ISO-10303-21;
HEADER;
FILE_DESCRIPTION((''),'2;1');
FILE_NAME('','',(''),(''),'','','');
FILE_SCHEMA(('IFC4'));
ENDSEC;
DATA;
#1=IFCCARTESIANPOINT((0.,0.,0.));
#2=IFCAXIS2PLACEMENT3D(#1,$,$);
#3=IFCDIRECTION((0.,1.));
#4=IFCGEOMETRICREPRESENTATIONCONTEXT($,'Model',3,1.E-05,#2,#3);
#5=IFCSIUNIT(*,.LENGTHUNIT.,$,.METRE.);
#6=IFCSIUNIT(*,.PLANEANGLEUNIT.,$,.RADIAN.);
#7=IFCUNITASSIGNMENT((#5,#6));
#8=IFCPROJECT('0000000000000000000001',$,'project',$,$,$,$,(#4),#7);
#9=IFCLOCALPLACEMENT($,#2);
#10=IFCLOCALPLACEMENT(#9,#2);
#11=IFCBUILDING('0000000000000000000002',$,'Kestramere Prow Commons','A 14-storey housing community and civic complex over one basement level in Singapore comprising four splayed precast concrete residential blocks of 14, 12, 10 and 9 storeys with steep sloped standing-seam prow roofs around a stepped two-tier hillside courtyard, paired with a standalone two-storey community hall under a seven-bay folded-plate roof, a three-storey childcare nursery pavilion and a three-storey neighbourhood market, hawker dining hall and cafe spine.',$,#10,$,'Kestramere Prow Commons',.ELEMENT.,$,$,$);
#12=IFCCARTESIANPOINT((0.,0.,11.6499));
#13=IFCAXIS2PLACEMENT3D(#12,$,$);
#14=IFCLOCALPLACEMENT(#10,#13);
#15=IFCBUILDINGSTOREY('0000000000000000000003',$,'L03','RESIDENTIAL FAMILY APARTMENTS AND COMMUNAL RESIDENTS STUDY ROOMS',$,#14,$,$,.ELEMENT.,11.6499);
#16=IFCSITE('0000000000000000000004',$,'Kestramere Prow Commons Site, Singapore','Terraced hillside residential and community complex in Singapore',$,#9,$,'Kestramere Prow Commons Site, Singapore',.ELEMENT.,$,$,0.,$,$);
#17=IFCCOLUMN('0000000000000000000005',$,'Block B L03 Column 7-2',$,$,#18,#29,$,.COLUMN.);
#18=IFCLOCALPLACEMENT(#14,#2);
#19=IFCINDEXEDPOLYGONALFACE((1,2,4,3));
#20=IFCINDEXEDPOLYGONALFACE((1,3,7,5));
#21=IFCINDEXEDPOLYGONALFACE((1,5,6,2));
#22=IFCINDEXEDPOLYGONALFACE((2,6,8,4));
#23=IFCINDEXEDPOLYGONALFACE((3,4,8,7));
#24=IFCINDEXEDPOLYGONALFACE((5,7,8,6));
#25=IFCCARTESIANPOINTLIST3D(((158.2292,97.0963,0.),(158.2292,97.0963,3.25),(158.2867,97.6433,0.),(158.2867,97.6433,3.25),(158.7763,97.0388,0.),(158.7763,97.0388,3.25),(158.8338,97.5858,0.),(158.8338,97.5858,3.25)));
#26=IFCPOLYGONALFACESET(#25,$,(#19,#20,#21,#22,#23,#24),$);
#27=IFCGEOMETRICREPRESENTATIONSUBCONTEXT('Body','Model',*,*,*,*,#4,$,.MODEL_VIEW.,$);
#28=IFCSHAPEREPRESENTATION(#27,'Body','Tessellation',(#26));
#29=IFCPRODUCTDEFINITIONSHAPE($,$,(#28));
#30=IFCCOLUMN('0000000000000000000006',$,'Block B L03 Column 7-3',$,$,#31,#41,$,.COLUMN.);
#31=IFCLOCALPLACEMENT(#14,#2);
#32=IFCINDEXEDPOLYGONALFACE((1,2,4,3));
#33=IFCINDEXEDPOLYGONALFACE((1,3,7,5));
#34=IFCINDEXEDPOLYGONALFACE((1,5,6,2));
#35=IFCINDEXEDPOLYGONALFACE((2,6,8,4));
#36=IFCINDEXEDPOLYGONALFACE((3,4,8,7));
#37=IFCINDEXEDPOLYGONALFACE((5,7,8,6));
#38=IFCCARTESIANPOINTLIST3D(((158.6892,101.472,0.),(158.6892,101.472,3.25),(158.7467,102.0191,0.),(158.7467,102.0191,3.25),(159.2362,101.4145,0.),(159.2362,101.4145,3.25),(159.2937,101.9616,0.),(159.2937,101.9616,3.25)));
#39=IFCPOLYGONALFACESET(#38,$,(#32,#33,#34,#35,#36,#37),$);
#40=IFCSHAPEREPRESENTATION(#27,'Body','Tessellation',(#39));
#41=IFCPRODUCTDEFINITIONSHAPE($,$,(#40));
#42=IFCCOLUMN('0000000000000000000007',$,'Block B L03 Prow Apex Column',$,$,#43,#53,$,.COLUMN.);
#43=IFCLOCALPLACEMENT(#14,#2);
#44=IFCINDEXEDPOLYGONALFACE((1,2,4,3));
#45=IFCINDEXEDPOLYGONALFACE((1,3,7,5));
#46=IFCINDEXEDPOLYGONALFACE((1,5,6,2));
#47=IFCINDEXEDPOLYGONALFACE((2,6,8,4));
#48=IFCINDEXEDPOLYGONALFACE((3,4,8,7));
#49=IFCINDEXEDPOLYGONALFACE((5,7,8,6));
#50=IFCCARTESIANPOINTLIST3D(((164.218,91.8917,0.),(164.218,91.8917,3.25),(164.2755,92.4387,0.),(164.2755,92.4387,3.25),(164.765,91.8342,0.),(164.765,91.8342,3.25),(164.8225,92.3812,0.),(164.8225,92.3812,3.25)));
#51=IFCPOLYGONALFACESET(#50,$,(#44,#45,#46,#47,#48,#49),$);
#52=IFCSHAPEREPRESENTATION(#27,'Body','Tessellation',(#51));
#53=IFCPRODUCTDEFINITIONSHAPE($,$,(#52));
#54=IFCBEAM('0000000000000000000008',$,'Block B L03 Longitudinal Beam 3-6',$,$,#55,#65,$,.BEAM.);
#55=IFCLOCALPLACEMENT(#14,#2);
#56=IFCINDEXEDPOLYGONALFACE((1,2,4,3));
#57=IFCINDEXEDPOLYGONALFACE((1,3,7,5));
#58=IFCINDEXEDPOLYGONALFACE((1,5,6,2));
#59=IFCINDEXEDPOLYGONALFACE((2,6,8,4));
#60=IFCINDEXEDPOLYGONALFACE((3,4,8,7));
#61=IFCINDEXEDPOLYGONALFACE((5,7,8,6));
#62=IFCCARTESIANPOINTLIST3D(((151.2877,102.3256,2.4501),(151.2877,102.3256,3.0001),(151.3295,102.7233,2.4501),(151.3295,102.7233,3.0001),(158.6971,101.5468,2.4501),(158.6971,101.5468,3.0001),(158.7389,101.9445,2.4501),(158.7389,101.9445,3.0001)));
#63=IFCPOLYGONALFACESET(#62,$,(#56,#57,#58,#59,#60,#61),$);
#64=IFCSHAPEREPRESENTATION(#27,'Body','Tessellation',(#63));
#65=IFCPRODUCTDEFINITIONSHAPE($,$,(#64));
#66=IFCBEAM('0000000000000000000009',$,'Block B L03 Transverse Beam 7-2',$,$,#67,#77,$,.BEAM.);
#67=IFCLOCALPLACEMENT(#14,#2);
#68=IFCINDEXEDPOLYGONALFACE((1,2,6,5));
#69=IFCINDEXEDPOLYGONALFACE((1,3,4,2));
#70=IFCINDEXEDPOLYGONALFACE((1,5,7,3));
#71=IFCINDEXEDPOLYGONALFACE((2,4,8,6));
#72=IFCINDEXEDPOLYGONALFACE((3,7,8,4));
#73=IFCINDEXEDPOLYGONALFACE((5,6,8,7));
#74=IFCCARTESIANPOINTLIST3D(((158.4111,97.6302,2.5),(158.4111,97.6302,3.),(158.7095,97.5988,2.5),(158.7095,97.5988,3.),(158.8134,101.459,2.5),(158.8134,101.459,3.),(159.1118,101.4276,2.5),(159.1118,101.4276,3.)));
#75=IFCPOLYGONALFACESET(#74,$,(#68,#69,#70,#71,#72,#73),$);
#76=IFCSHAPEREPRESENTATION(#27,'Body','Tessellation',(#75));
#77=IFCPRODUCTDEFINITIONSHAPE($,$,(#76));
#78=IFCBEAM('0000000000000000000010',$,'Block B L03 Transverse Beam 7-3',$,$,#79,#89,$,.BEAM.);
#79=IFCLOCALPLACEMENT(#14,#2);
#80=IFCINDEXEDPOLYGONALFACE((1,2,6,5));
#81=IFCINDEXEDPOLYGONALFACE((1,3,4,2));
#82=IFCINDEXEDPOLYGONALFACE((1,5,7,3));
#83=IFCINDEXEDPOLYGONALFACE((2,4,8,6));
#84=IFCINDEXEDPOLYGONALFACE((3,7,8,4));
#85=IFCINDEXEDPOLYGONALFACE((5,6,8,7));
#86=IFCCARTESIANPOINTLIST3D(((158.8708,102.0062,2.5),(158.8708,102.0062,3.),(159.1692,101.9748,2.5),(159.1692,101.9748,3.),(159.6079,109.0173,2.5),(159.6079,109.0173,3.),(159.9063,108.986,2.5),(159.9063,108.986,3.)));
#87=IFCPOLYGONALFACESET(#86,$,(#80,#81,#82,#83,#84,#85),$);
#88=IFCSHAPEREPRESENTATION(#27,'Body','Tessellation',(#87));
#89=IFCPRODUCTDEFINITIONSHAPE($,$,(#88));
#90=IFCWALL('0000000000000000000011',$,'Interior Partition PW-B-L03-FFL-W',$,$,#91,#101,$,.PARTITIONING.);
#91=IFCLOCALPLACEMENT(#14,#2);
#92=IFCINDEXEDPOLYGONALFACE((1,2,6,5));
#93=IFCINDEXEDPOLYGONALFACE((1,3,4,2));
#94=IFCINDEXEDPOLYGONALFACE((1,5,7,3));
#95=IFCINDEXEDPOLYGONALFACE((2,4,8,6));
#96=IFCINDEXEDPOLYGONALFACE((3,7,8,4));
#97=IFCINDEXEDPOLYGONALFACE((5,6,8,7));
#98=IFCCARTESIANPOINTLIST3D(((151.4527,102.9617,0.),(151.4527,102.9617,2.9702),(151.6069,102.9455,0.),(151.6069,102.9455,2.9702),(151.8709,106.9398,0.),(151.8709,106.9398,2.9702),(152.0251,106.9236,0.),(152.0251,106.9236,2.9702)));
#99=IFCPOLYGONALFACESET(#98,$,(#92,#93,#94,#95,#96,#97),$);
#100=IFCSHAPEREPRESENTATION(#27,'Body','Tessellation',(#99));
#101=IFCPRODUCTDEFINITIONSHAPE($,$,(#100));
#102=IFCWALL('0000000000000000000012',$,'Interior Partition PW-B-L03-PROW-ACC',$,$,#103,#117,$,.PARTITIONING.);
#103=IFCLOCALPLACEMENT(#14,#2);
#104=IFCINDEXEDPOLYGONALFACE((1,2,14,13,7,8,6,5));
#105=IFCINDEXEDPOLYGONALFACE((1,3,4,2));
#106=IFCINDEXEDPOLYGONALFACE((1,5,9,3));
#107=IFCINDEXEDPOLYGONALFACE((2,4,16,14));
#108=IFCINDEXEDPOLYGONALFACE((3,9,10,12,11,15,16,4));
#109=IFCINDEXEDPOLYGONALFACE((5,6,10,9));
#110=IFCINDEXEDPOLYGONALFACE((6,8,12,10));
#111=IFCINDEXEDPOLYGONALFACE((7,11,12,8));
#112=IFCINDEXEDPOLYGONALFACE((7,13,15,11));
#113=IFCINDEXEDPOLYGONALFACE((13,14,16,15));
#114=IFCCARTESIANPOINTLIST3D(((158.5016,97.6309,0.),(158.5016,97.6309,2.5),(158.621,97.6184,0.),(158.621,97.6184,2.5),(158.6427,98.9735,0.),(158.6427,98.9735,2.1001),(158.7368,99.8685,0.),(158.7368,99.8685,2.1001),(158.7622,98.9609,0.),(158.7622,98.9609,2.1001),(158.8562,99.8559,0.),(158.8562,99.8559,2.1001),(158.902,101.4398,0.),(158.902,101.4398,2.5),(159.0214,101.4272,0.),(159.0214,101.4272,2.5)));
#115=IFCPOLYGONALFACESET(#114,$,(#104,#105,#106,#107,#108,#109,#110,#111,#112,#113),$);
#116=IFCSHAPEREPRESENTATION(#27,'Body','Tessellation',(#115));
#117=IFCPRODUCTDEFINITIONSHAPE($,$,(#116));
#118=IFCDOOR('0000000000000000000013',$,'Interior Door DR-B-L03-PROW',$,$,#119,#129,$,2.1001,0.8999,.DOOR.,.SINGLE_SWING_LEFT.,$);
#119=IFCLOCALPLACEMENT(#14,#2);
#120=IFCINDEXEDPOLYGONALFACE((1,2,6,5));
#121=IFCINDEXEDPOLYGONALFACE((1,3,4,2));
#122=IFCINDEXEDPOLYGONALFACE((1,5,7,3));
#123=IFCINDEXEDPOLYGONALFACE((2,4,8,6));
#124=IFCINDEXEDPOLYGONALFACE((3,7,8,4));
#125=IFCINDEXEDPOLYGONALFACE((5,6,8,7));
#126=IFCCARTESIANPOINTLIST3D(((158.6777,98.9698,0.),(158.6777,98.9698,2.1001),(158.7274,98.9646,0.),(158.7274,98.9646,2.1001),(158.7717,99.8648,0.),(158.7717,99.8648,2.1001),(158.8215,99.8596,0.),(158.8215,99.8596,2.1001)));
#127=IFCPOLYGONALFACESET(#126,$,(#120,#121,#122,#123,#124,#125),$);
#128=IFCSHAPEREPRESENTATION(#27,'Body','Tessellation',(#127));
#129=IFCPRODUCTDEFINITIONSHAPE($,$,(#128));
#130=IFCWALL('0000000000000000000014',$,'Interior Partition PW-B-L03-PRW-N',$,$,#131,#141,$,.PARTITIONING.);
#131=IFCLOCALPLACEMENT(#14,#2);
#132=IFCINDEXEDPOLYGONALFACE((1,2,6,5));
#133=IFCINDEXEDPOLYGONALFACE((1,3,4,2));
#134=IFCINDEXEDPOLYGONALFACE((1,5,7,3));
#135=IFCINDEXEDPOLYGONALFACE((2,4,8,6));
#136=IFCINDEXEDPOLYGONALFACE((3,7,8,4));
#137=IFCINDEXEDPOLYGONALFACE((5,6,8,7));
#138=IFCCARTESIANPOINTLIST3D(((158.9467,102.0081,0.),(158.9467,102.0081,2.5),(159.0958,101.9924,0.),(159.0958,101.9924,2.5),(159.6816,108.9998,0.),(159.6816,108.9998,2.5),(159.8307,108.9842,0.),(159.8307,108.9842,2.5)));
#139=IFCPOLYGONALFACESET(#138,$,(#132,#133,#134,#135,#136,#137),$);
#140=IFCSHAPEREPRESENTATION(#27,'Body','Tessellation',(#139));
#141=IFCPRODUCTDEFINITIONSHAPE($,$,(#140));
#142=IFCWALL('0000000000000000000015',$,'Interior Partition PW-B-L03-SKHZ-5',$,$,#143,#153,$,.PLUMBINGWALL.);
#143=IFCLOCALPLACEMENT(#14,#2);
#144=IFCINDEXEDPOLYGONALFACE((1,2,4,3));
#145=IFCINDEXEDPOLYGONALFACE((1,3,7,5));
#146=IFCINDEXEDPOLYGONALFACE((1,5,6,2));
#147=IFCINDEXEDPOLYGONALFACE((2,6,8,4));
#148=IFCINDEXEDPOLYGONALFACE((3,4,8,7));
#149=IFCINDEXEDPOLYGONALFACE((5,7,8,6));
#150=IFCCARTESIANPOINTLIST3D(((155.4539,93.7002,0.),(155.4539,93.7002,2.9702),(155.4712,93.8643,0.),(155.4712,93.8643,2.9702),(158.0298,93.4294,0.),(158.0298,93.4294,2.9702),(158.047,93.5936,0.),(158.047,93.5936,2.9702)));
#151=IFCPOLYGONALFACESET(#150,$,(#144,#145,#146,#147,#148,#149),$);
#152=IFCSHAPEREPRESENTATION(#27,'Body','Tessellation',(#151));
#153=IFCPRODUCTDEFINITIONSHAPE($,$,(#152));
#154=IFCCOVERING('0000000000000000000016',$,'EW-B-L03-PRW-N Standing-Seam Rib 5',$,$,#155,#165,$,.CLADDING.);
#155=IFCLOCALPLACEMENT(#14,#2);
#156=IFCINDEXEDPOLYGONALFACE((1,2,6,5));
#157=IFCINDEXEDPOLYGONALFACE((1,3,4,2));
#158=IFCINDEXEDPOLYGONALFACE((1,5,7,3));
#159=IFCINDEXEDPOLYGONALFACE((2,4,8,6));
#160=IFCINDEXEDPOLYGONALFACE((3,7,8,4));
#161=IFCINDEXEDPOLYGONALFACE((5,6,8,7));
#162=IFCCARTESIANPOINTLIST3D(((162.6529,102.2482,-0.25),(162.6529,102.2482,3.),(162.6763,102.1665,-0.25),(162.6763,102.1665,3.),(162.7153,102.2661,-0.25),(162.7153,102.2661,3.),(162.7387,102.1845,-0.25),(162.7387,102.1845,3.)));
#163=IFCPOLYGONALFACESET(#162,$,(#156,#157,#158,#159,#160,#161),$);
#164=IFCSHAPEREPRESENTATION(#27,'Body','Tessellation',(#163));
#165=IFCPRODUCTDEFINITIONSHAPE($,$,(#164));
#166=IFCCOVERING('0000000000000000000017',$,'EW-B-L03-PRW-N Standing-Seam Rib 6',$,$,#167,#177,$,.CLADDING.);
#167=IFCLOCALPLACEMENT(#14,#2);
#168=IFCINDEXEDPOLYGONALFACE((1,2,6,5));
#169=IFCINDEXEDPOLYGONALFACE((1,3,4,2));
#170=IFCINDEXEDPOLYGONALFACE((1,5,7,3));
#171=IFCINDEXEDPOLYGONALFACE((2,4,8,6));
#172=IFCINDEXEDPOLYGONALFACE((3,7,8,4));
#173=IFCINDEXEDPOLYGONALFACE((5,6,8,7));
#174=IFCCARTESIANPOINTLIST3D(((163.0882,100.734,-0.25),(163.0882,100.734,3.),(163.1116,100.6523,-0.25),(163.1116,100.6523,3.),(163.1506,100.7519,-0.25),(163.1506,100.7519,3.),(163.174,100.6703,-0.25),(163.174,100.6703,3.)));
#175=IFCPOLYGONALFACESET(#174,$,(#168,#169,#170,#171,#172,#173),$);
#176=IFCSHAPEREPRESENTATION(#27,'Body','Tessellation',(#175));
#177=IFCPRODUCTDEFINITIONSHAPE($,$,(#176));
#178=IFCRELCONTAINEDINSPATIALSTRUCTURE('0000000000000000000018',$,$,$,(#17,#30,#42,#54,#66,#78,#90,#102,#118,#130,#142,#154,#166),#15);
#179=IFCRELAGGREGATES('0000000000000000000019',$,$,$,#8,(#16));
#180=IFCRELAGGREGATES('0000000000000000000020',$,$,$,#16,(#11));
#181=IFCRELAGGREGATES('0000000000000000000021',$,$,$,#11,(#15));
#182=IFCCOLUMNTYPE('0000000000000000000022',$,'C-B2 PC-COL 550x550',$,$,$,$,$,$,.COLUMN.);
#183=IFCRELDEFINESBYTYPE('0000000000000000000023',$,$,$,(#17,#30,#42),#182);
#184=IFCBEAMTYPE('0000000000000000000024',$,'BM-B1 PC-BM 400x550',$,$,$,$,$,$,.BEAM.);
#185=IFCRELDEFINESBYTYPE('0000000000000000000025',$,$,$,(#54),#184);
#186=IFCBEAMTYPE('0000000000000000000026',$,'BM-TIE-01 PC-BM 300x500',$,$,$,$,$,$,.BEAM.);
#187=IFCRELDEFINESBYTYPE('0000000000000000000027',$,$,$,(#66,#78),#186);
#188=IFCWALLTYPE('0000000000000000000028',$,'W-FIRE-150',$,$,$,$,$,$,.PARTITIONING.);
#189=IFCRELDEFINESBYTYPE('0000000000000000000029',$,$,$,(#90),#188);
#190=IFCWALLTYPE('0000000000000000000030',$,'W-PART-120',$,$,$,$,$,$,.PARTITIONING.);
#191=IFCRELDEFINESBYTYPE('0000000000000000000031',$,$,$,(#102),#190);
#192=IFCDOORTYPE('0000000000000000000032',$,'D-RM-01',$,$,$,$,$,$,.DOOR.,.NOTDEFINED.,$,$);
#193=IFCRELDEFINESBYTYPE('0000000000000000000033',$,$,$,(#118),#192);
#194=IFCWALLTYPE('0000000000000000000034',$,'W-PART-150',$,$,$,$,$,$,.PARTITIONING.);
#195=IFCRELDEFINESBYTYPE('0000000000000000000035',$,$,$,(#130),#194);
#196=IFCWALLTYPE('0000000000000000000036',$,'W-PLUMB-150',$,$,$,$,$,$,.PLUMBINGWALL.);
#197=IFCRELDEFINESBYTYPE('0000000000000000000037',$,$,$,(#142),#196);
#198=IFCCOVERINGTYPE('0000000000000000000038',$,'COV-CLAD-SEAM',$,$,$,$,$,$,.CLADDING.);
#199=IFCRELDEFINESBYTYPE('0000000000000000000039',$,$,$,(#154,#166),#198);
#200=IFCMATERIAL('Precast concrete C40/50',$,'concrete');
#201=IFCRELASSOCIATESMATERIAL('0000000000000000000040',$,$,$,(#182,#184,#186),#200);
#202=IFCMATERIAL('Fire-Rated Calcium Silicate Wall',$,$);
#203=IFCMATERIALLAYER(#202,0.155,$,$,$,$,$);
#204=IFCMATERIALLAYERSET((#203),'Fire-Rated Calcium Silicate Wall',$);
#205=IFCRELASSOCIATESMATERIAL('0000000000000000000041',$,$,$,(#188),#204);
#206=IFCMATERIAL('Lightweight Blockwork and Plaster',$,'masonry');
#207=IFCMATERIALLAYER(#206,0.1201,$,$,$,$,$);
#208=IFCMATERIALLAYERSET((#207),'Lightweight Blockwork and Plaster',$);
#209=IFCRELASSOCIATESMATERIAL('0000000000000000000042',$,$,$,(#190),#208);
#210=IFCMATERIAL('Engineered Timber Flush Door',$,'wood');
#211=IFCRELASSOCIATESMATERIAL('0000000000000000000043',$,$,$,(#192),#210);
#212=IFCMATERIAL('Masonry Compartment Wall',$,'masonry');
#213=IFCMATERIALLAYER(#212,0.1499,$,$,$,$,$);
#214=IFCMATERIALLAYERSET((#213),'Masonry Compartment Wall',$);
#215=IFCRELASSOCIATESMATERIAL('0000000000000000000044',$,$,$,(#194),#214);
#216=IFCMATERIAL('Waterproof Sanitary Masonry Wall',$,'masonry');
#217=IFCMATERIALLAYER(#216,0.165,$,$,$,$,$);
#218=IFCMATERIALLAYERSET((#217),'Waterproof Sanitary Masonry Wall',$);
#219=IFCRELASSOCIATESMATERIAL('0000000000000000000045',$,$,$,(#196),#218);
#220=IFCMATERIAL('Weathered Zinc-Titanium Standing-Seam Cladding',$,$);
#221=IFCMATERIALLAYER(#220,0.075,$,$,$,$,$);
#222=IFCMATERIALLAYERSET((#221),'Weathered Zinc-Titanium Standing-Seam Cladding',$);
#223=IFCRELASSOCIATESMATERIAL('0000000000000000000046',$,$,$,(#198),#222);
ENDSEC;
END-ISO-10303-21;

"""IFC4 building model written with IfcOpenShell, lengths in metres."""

from ifc_helpers import new_model, si_unit, direction, frame, frame_2d, origin, origin_2d, place, context, subcontext, project, spatial, rectangle, extrude, material, layer, layer_set, material_profile, profile_set, type_object, element, fill, save


model = new_model("IFC4")

# Units and contexts
model_context = context("Model", 3, precision=1e-05, world=origin(), true_north=direction((0.0, 1.0)))
body_context = subcontext(model_context, "Body", "Model", "MODEL_VIEW")
ifc_project = project(units=[si_unit("LENGTHUNIT", "METRE"), si_unit("PLANEANGLEUNIT", "RADIAN")], contexts=[model_context])

# Site, building, storey
site_placement = place(None, origin())
site = spatial("IfcSite", under=ifc_project, at=site_placement, Name="Kestramere Prow Commons Site, Singapore", Description="Terraced hillside residential and community complex in Singapore", LongName="Kestramere Prow Commons Site, Singapore", CompositionType="ELEMENT", RefElevation=0.0)
building_placement = place(site_placement, origin())
building = spatial("IfcBuilding", under=site, at=building_placement, Name="Kestramere Prow Commons", Description="A 14-storey housing community and civic complex over one basement level in Singapore comprising four splayed precast concrete residential blocks of 14, 12, 10 and 9 storeys with steep sloped standing-seam prow roofs around a stepped two-tier hillside courtyard, paired with a standalone two-storey community hall under a seven-bay folded-plate roof, a three-storey childcare nursery pavilion and a three-storey neighbourhood market, hawker dining hall and cafe spine.", LongName="Kestramere Prow Commons", CompositionType="ELEMENT")
storey_placement = place(building_placement, frame((0.0, 0.0, 11.6499)))
storey = spatial("IfcBuildingStorey", under=building, at=storey_placement, Name="L03", Description="RESIDENTIAL FAMILY APARTMENTS AND COMMUNAL RESIDENTS STUDY ROOMS", CompositionType="ELEMENT", Elevation=11.6499)

# Columns
ifc_material_1 = material(Name="Precast concrete C40/50", Category="concrete")
ifc_material_profile_1 = material_profile(ifc_material_1, rectangle(XDim=0.55, YDim=0.55, at=origin_2d()), Name="PC-COL 550x550")
ifc_profile_set_1 = profile_set([ifc_material_profile_1], Name="Precast concrete C40/50")
column_type = type_object("IfcColumnType", Name="C-B2 PC-COL 550x550", PredefinedType="COLUMN", material=ifc_profile_set_1)
for number, where, z_axis, x_axis, name in (
    (1, (158.5315, 97.3411, 0.0), (0.0, 0.0, 1.0), (0.994522, -0.104528, 0.0), "Block B L03 Column 7-2"),
    (2, (158.9915, 101.7168, 0.0), (0.0, 0.0, 1.0), (0.994522, -0.104528, 0.0), "Block B L03 Column 7-3"),
    (3, (164.5203, 92.1365, 0.0), (0.0, 0.0, 1.0), (0.994522, -0.104528, 0.0), "Block B L03 Prow Apex Column"),
):
    element("IfcColumn", number, at=place(storey_placement, frame(where, z_axis=z_axis, x_axis=x_axis)), inside=storey, type_object=column_type, Name=name, PredefinedType="COLUMN", context=body_context, shape_type="SweptSolid", body=[
        extrude(rectangle(XDim=0.55, YDim=0.55, at=origin_2d()), origin(), (0.0, 0.0, 1.0), 3.25),
    ])

# Beams
ifc_material_profile_2 = material_profile(ifc_material_1, rectangle(XDim=0.3999, YDim=0.55, at=origin_2d()), Name="PC-BM 400x550")
ifc_profile_set_2 = profile_set([ifc_material_profile_2], Name="Precast concrete C40/50")
beam_type_1 = type_object("IfcBeamType", Name="BM-B1 PC-BM 400x550", PredefinedType="BEAM", material=ifc_profile_set_2)
beam_1_placement = place(storey_placement, frame((151.3086, 102.5244, 2.7251), z_axis=(0.994521, -0.104535, 0.0), x_axis=(0.104535, 0.994521, 0.0)))
element("IfcBeam", 4, at=beam_1_placement, inside=storey, type_object=beam_type_1, Name="Block B L03 Longitudinal Beam 3-6", PredefinedType="BEAM", context=body_context, shape_type="SweptSolid", body=[
    extrude(rectangle(XDim=0.3999, YDim=0.55, at=origin_2d()), origin(), (0.0, 0.0, 1.0), 7.4502),
])
ifc_material_profile_3 = material_profile(ifc_material_1, rectangle(XDim=0.3, YDim=0.5, at=origin_2d()), Name="PC-BM 300x500")
ifc_profile_set_3 = profile_set([ifc_material_profile_3], Name="Precast concrete C40/50")
beam_type_2 = type_object("IfcBeamType", Name="BM-TIE-01 PC-BM 300x500", PredefinedType="BEAM", material=ifc_profile_set_3)
beam_2_placement = place(storey_placement, frame((158.5603, 97.6145, 2.75), z_axis=(0.104507, 0.994524, 0.0), x_axis=(-0.994524, 0.104507, 0.0)))
element("IfcBeam", 5, at=beam_2_placement, inside=storey, type_object=beam_type_2, Name="Block B L03 Transverse Beam 7-2", PredefinedType="BEAM", context=body_context, shape_type="SweptSolid", body=[
    extrude(rectangle(XDim=0.3, YDim=0.5, at=origin_2d()), origin(), (0.0, 0.0, 1.0), 3.8499),
])
beam_3_placement = place(storey_placement, frame((159.02, 101.9905, 2.75), z_axis=(0.10455, 0.99452, 0.0), x_axis=(-0.99452, 0.10455, 0.0)))
element("IfcBeam", 6, at=beam_3_placement, inside=storey, type_object=beam_type_2, Name="Block B L03 Transverse Beam 7-3", PredefinedType="BEAM", context=body_context, shape_type="SweptSolid", body=[
    extrude(rectangle(XDim=0.3, YDim=0.5, at=origin_2d()), origin(), (0.0, 0.0, 1.0), 7.0498),
])

# Shared definitions
ifc_material_2 = material(Name="Fire-Rated Calcium Silicate Wall")
ifc_layer_1 = layer(ifc_material_2, 0.155)
ifc_layer_set_1 = layer_set([ifc_layer_1], Name="Fire-Rated Calcium Silicate Wall")
wall_type_1 = type_object("IfcWallType", Name="W-FIRE-150", PredefinedType="PARTITIONING", material=ifc_layer_set_1)

# Wall
wall_1_placement = place(storey_placement, frame((151.5298, 102.9536, 0.0), z_axis=(0.0, 0.0, 1.0), x_axis=(0.104555, 0.994519, 0.0)))
element("IfcWall", 7, at=wall_1_placement, inside=storey, type_object=wall_type_1, Name="Interior Partition PW-B-L03-FFL-W", PredefinedType="PARTITIONING", context=body_context, shape_type="SweptSolid", body=[
    extrude(rectangle(XDim=4.0, YDim=0.155, at=frame_2d((2.0, 0.0))), origin(), (0.0, 0.0, 1.0), 2.9702),
])

# Wall, opening, door
ifc_material_3 = material(Name="Lightweight Blockwork and Plaster", Category="masonry")
ifc_layer_2 = layer(ifc_material_3, 0.1201)
ifc_layer_set_2 = layer_set([ifc_layer_2], Name="Lightweight Blockwork and Plaster")
wall_type_2 = type_object("IfcWallType", Name="W-PART-120", PredefinedType="PARTITIONING", material=ifc_layer_set_2)
wall_2_placement = place(storey_placement, frame((158.5613, 97.6245, 0.0), z_axis=(0.0, 0.0, 1.0), x_axis=(0.104545, 0.99452, 0.0)))
wall_2 = element("IfcWall", 8, at=wall_2_placement, inside=storey, type_object=wall_type_2, Name="Interior Partition PW-B-L03-PROW-ACC", PredefinedType="PARTITIONING", context=body_context, shape_type="SweptSolid", body=[
    extrude(rectangle(XDim=3.8298, YDim=0.1201, at=frame_2d((1.915, 0.0))), origin(), (0.0, 0.0, 1.0), 2.5),
])
opening_1_placement = place(wall_2_placement, frame((1.3501, 0.0, 0.0)))
opening_1 = element("IfcOpeningElement", 9, at=opening_1_placement, cuts=wall_2, PredefinedType="OPENING", context=body_context, shape_type="SweptSolid", body=[
    extrude(rectangle(XDim=0.8999, YDim=2.1001, at=frame_2d((0.45, 1.05))), frame((0.0, 0.075, 0.0), z_axis=(0.0, -1.0, 0.0), x_axis=(1.0, 0.0, 0.0)), (0.0, 0.0, 1.0), 0.1501),
])
ifc_material_4 = material(Name="Engineered Timber Flush Door", Category="wood")
door_type_1 = type_object("IfcDoorType", Name="D-RM-01", OperationType="NOTDEFINED", PredefinedType="DOOR", material=ifc_material_4)
door_1_placement = place(opening_1_placement, origin())
door_1 = element("IfcDoor", 10, at=door_1_placement, inside=storey, type_object=door_type_1, Name="Interior Door DR-B-L03-PROW", OperationType="SINGLE_SWING_LEFT", OverallHeight=2.1001, OverallWidth=0.8999, PredefinedType="DOOR", context=body_context, shape_type="SweptSolid", body=[
    extrude(rectangle(XDim=0.8999, YDim=2.1001, at=frame_2d((0.45, 1.05))), frame((0.0, 0.0249, 0.0), z_axis=(0.0, -1.0, 0.0), x_axis=(1.0, 0.0, 0.0)), (0.0, 0.0, 1.0), 0.05),
])
fill(opening_1, door_1)

# Wall
ifc_material_5 = material(Name="Masonry Compartment Wall", Category="masonry")
ifc_layer_3 = layer(ifc_material_5, 0.1499)
ifc_layer_set_3 = layer_set([ifc_layer_3], Name="Masonry Compartment Wall")
wall_type_3 = type_object("IfcWallType", Name="W-PART-150", PredefinedType="PARTITIONING", material=ifc_layer_set_3)
wall_3_placement = place(storey_placement, frame((159.0212, 102.0002, 0.0), z_axis=(0.0, 0.0, 1.0), x_axis=(0.104529, 0.994522, 0.0)))
element("IfcWall", 11, at=wall_3_placement, inside=storey, type_object=wall_type_3, Name="Interior Partition PW-B-L03-PRW-N", PredefinedType="PARTITIONING", context=body_context, shape_type="SweptSolid", body=[
    extrude(rectangle(XDim=7.0303, YDim=0.1499, at=frame_2d((3.5151, 0.0))), origin(), (0.0, 0.0, 1.0), 2.5),
])

# Shared definitions
ifc_material_6 = material(Name="Waterproof Sanitary Masonry Wall", Category="masonry")
ifc_layer_4 = layer(ifc_material_6, 0.165)
ifc_layer_set_4 = layer_set([ifc_layer_4], Name="Waterproof Sanitary Masonry Wall")
wall_type_4 = type_object("IfcWallType", Name="W-PLUMB-150", PredefinedType="PLUMBINGWALL", material=ifc_layer_set_4)

# Wall
wall_4_placement = place(storey_placement, frame((155.4626, 93.7822, 0.0), z_axis=(0.0, 0.0, 1.0), x_axis=(0.994521, -0.104533, 0.0)))
element("IfcWall", 12, at=wall_4_placement, inside=storey, type_object=wall_type_4, Name="Interior Partition PW-B-L03-SKHZ-5", PredefinedType="PLUMBINGWALL", context=body_context, shape_type="SweptSolid", body=[
    extrude(rectangle(XDim=2.5901, YDim=0.165, at=frame_2d((1.2949, 0.0))), origin(), (0.0, 0.0, 1.0), 2.9702),
])

# Coverings
ifc_material_7 = material(Name="Weathered Zinc-Titanium Standing-Seam Cladding")
ifc_layer_5 = layer(ifc_material_7, 0.075)
ifc_layer_set_5 = layer_set([ifc_layer_5], Name="Weathered Zinc-Titanium Standing-Seam Cladding")
covering_type = type_object("IfcCoveringType", Name="COV-CLAD-SEAM", PredefinedType="CLADDING", material=ifc_layer_set_5)
for number, where, z_axis, x_axis, name in (
    (13, (162.6958, 102.2163, -0.25), (0.0, 0.0, 1.0), (0.276318, -0.961066, 0.0), "EW-B-L03-PRW-N Standing-Seam Rib 5"),
    (14, (163.1311, 100.7021, -0.25), (0.0, 0.0, 1.0), (0.276318, -0.961066, 0.0), "EW-B-L03-PRW-N Standing-Seam Rib 6"),
):
    element("IfcCovering", number, at=place(storey_placement, frame(where, z_axis=z_axis, x_axis=x_axis)), inside=storey, type_object=covering_type, Name=name, PredefinedType="CLADDING", context=body_context, shape_type="SweptSolid", body=[
        extrude(rectangle(XDim=0.085, YDim=0.0649, at=origin_2d()), origin(), (0.0, 0.0, 1.0), 3.25),
    ])

save(model, "model.ifc")
